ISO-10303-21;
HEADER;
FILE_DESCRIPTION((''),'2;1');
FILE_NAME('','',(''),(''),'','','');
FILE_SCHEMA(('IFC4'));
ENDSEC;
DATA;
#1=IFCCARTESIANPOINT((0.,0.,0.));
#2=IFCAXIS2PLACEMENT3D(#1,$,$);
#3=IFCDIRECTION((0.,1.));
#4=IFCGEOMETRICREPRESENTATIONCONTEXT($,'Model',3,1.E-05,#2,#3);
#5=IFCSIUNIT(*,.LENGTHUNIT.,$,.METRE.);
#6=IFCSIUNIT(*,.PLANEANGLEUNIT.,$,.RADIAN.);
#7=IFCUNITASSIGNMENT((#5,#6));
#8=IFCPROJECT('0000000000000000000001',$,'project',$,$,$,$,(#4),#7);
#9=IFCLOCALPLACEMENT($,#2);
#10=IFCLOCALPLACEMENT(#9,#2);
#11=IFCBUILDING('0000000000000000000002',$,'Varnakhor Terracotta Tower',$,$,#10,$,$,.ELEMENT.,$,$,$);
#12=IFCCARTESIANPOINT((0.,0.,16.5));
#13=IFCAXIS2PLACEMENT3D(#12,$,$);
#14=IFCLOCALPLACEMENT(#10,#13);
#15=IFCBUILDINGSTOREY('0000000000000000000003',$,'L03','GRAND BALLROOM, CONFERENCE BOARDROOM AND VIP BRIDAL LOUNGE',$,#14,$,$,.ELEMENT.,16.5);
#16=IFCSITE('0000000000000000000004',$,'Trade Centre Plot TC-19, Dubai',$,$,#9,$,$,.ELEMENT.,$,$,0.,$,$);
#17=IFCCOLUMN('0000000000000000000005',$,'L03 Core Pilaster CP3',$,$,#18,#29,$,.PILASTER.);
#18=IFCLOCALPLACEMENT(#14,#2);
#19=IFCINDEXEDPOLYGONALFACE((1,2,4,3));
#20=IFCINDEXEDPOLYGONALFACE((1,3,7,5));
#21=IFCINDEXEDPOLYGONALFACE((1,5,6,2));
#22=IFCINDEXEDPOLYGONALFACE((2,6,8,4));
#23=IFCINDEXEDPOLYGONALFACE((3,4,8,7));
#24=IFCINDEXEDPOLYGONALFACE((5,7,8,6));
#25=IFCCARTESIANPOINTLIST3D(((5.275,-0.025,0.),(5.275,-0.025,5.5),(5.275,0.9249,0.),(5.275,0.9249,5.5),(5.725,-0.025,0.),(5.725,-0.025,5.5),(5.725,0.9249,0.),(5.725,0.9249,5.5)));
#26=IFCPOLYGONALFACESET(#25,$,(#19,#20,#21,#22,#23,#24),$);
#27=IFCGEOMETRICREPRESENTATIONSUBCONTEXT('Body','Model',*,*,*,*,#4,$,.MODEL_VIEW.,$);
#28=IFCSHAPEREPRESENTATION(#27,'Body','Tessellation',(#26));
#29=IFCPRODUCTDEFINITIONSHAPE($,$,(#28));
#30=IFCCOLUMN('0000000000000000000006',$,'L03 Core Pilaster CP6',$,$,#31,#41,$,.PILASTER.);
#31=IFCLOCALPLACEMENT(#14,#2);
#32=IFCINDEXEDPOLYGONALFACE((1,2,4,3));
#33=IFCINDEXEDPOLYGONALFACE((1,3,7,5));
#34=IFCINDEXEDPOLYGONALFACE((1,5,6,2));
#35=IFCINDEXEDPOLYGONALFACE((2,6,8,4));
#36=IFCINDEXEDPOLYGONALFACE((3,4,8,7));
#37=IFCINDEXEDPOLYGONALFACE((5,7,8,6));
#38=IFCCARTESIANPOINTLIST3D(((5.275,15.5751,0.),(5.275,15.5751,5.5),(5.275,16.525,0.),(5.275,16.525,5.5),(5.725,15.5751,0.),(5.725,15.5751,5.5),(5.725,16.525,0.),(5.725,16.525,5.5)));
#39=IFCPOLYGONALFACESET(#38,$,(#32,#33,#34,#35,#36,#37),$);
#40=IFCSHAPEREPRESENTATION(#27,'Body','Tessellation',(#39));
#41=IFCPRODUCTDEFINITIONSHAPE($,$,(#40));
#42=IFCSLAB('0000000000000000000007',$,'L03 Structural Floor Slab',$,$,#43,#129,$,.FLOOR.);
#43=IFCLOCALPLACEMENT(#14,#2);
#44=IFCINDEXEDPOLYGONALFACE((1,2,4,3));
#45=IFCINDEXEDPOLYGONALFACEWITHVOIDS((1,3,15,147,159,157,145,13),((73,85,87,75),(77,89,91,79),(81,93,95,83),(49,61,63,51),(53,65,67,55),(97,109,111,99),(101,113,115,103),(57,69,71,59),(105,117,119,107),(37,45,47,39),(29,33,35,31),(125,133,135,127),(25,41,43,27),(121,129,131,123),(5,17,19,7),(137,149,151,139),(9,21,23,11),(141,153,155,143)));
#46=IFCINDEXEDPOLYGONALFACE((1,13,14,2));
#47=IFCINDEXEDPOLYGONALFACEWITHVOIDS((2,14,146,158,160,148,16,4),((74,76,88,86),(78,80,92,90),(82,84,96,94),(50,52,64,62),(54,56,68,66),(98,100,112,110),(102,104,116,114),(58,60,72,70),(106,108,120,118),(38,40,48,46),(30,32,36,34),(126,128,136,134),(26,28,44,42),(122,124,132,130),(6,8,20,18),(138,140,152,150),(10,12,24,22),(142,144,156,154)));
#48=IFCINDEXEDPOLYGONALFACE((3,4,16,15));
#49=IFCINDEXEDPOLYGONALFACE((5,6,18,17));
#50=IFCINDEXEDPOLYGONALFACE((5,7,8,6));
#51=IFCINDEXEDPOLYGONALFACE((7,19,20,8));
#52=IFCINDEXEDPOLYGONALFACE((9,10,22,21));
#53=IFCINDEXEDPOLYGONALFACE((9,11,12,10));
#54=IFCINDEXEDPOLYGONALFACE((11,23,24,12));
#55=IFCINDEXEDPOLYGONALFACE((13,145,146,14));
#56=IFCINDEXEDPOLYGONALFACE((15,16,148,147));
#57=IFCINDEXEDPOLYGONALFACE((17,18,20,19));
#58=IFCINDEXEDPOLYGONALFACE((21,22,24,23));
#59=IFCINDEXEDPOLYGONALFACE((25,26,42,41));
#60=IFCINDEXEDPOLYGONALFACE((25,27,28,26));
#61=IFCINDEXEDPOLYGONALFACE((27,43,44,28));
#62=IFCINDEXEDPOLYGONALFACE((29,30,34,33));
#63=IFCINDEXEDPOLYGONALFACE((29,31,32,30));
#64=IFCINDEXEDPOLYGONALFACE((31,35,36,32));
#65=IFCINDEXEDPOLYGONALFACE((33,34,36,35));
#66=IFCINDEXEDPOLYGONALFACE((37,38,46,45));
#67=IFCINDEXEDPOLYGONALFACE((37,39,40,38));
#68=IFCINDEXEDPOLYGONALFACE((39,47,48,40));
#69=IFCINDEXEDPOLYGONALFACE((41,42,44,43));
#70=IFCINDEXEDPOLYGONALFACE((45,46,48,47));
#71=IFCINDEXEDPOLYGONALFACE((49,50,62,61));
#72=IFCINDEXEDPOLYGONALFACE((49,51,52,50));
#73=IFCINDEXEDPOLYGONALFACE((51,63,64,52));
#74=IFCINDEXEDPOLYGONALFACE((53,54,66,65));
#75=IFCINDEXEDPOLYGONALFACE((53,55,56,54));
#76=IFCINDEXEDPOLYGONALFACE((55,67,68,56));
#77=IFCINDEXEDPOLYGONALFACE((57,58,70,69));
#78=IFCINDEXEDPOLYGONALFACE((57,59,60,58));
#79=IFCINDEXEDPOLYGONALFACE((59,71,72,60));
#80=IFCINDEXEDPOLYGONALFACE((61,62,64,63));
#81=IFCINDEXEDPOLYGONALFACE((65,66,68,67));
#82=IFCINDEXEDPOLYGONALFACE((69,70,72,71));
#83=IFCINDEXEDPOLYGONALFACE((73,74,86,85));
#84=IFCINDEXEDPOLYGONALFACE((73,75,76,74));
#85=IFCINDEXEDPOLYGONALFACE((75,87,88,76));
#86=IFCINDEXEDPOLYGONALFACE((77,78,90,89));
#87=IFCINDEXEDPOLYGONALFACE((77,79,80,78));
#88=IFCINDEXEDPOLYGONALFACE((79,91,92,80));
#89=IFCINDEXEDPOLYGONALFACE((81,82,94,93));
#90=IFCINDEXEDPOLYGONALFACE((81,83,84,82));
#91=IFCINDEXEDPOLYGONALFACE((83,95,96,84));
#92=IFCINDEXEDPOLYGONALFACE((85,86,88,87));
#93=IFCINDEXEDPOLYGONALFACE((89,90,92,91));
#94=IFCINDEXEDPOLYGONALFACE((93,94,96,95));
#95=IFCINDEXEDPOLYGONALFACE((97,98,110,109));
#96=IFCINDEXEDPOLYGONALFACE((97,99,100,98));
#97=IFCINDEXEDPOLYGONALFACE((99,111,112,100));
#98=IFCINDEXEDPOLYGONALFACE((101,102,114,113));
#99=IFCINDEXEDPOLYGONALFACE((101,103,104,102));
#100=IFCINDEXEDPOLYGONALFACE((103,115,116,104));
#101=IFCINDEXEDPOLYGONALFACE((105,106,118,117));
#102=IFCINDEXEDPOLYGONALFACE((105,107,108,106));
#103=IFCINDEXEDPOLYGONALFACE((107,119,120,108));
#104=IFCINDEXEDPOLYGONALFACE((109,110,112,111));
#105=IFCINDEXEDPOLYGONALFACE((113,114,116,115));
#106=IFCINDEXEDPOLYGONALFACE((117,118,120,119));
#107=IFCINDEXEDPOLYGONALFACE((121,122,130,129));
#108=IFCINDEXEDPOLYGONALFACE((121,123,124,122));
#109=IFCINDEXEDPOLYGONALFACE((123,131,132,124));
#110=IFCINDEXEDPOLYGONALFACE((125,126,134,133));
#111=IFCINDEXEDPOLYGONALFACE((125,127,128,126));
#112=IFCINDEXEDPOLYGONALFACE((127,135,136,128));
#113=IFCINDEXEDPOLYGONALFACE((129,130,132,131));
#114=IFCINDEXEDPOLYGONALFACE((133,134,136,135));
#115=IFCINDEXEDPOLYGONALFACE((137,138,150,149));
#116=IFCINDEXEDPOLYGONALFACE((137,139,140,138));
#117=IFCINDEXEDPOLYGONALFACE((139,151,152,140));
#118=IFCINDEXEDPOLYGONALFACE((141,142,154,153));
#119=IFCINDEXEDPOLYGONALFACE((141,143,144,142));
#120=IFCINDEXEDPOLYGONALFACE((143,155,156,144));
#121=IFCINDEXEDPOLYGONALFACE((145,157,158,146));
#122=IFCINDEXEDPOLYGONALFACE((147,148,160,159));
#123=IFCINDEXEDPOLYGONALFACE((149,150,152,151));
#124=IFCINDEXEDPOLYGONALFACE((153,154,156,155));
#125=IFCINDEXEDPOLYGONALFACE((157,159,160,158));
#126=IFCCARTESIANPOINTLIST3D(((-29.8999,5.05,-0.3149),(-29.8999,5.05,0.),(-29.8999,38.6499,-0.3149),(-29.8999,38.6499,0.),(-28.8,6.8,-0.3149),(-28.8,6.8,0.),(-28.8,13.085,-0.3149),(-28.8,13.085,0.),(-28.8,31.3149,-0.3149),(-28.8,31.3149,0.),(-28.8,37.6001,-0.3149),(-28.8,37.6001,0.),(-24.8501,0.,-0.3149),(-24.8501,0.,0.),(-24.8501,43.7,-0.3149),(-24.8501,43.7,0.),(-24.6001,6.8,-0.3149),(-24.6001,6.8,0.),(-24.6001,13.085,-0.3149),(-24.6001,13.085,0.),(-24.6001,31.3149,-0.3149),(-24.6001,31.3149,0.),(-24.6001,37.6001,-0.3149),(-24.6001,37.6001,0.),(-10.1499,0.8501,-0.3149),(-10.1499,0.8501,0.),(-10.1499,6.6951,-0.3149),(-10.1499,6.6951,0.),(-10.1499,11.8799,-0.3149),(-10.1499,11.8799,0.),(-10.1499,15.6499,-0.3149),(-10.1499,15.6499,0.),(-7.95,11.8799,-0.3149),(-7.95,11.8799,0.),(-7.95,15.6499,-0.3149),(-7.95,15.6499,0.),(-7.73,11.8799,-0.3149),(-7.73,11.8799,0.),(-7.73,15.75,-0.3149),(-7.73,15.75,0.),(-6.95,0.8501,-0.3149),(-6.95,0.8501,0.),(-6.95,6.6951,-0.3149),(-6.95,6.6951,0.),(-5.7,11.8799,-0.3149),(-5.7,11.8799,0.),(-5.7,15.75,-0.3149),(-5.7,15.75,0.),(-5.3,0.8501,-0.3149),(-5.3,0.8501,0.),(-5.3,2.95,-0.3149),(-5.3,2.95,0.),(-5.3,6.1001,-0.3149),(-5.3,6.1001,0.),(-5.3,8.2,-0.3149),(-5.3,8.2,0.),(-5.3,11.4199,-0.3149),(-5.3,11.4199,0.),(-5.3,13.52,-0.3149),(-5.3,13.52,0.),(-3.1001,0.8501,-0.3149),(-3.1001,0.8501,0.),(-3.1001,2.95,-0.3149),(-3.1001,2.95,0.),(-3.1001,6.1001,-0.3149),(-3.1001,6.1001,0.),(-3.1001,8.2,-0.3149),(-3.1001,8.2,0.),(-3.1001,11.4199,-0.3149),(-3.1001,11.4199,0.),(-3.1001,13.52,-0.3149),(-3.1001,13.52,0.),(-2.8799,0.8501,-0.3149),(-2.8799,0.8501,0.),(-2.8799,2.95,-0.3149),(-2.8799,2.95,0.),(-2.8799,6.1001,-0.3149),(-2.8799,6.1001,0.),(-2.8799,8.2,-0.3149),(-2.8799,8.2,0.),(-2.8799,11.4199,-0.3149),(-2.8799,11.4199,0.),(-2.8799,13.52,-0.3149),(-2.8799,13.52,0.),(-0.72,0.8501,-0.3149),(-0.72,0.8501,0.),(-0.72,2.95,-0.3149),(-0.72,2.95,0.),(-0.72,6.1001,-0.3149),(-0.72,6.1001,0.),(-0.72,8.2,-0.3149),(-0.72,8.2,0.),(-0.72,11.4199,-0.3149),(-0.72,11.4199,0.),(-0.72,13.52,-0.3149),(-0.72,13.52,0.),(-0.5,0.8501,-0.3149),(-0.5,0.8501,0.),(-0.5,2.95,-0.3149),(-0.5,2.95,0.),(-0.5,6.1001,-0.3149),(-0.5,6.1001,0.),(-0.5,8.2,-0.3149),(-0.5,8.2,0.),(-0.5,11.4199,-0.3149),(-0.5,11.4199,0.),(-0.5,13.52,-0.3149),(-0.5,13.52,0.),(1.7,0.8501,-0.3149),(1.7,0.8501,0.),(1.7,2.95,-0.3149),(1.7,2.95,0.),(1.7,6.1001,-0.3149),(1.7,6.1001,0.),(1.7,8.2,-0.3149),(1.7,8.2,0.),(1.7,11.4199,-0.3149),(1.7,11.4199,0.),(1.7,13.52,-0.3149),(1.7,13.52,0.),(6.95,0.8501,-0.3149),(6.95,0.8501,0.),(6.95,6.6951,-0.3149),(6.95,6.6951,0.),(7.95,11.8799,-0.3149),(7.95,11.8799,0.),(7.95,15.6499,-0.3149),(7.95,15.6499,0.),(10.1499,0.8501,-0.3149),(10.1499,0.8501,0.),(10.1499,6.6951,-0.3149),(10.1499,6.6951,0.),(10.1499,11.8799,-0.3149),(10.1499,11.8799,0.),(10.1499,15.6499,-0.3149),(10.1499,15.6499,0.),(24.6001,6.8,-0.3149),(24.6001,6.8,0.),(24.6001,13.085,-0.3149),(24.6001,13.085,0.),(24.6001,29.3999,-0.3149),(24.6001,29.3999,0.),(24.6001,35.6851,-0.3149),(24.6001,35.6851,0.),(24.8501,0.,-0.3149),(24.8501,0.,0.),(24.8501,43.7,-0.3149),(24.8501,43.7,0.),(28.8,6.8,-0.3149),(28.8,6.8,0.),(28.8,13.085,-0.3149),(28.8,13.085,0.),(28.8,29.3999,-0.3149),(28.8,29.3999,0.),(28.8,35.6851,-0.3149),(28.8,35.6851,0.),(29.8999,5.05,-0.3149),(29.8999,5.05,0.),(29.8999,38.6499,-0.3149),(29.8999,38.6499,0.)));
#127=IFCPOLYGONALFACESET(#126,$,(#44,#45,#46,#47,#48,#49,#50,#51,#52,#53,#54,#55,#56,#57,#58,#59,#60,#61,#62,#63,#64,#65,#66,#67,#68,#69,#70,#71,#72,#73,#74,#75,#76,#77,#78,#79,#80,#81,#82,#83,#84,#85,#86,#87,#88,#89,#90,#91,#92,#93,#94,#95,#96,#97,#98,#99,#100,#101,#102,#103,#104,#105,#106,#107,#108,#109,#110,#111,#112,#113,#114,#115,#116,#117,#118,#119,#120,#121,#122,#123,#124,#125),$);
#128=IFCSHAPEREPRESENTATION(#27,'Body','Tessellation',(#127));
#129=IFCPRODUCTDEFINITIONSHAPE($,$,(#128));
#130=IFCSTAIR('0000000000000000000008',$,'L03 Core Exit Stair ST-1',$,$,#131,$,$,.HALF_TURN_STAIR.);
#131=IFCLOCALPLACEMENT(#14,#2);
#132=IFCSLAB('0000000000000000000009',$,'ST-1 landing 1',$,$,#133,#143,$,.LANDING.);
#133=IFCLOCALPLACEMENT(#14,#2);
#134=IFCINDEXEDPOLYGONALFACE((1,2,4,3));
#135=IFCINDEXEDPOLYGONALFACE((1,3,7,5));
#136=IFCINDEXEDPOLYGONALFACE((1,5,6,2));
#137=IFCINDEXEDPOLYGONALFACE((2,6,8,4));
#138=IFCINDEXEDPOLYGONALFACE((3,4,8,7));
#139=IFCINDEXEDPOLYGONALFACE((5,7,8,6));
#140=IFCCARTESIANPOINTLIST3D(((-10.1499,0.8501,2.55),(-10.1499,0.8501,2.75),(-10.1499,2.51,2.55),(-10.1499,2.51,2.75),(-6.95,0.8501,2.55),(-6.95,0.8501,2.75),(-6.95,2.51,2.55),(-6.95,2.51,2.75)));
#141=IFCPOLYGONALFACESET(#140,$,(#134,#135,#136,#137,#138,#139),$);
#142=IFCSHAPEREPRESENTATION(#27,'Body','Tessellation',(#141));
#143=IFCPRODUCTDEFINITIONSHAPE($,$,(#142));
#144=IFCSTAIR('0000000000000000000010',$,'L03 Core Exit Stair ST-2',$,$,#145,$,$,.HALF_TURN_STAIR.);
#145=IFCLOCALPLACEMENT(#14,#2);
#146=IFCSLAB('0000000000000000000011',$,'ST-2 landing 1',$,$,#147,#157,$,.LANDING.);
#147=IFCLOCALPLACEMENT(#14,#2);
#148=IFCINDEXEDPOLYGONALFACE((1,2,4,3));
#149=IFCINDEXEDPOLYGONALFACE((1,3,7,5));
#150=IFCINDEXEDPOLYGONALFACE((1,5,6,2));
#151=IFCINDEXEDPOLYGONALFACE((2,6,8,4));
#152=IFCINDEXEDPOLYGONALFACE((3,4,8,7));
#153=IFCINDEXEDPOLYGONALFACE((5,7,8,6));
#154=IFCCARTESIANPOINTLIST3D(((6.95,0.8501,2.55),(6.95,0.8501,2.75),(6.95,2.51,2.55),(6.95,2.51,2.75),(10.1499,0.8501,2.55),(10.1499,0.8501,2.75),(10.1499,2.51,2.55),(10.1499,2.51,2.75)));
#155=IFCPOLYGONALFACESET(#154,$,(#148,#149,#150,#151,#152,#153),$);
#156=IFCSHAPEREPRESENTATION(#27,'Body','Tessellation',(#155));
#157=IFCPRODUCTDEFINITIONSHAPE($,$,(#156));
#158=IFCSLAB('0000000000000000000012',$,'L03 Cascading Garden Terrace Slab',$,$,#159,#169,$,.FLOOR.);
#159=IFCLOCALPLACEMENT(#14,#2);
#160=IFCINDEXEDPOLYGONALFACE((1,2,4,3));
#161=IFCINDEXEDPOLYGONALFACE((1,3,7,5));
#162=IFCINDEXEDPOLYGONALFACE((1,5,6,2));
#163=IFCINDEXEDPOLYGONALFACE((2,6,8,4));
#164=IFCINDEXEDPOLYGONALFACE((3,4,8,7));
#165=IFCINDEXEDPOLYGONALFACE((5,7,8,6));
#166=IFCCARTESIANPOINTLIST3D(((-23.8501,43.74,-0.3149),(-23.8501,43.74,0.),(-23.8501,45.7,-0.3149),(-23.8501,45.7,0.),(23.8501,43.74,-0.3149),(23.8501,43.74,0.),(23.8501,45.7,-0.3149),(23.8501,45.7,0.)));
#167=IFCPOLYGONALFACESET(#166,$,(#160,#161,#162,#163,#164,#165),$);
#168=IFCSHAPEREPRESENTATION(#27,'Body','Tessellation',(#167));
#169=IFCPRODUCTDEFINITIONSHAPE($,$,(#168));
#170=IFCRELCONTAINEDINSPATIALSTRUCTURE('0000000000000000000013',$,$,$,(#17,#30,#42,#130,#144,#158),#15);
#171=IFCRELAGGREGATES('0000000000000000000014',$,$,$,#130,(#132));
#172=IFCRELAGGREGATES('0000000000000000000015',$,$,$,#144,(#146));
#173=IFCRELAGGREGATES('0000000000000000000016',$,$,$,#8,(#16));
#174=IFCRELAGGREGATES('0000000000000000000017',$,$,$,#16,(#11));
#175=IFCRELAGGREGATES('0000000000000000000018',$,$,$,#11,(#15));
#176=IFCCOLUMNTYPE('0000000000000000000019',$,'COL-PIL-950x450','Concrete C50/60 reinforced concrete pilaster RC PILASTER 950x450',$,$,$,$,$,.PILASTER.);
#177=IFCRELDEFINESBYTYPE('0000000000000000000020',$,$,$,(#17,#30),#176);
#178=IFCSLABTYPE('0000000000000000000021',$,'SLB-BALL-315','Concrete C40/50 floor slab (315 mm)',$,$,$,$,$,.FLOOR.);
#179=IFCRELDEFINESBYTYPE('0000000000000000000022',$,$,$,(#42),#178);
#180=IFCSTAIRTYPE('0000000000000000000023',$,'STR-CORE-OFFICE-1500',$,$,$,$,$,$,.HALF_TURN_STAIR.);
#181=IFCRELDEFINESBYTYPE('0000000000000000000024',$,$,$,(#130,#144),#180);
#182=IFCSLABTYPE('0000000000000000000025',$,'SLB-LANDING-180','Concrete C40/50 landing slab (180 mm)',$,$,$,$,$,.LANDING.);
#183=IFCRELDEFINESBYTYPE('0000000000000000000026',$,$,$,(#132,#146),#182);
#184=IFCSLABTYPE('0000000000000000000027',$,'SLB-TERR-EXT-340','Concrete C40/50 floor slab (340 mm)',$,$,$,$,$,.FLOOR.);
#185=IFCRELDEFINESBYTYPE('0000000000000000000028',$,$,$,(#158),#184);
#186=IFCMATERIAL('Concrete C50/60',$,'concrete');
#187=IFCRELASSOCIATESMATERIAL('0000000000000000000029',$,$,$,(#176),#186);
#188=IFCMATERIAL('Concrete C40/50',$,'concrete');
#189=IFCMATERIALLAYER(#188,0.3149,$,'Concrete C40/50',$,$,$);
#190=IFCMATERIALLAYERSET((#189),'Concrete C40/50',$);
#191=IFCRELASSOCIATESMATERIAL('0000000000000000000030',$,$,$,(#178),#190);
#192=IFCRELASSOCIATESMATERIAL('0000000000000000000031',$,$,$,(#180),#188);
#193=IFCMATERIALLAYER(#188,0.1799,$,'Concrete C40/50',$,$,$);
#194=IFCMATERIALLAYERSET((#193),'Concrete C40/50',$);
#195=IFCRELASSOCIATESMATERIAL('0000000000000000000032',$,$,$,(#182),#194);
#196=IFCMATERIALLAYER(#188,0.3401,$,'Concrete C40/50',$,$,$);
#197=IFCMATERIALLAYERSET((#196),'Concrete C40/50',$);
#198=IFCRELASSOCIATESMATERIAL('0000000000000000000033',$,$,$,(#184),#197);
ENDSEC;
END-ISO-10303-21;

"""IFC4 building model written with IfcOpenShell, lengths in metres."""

from ifc_helpers import new_model, si_unit, direction, frame, origin, origin_2d, place, context, subcontext, project, spatial, polyline, rectangle, outline, extrude, source, transform, mapped, material, layer, layer_set, material_profile, profile_set, type_object, element, aggregate, save


model = new_model("IFC4")

# Units and contexts
model_context = context("Model", 3, precision=1e-05, world=origin(), true_north=direction((0.0, 1.0)))
body_context = subcontext(model_context, "Body", "Model", "MODEL_VIEW")
ifc_project = project(units=[si_unit("LENGTHUNIT", "METRE"), si_unit("PLANEANGLEUNIT", "RADIAN")], contexts=[model_context])

# Site, building, storey
site_placement = place(None, origin())
site = spatial("IfcSite", under=ifc_project, at=site_placement, Name="Trade Centre Plot TC-19, Dubai", CompositionType="ELEMENT", RefElevation=0.0)
building_placement = place(site_placement, origin())
building = spatial("IfcBuilding", under=site, at=building_placement, Name="Varnakhor Terracotta Tower", CompositionType="ELEMENT")
storey_placement = place(building_placement, frame((0.0, 0.0, 16.5)))
storey = spatial("IfcBuildingStorey", under=building, at=storey_placement, Name="L03", Description="GRAND BALLROOM, CONFERENCE BOARDROOM AND VIP BRIDAL LOUNGE", CompositionType="ELEMENT", Elevation=16.5)

# Columns
ifc_material_1 = material(Name="Concrete C50/60", Category="concrete")
ifc_material_profile = material_profile(ifc_material_1, rectangle(XDim=0.45, YDim=0.95, at=origin_2d()), Name="RC PILASTER 950x450")
ifc_profile_set = profile_set([ifc_material_profile], Name="Concrete C50/60")
column_type = type_object("IfcColumnType", Name="COL-PIL-950x450", Description="Concrete C50/60 reinforced concrete pilaster RC PILASTER 950x450", PredefinedType="PILASTER", material=ifc_profile_set)
shared_shape_1 = source(origin(), body_context, "Body", "SweptSolid", [
    extrude(rectangle(XDim=0.45, YDim=0.95, at=origin_2d()), origin(), (0.0, 0.0, 1.0), 5.5),
])
for number, where, z_axis, x_axis, name in (
    (1, (5.5, 0.45, 0.0), (0.0, 0.0, 1.0), (1.0, 0.0, 0.0), "L03 Core Pilaster CP3"),
    (2, (5.5, 16.05, 0.0), (0.0, 0.0, 1.0), (1.0, 0.0, 0.0), "L03 Core Pilaster CP6"),
):
    element("IfcColumn", number, at=place(storey_placement, frame(where, z_axis=z_axis, x_axis=x_axis)), inside=storey, type_object=column_type, Name=name, PredefinedType="PILASTER", context=body_context, shape_type="MappedRepresentation", body=[
        mapped(shared_shape_1, transform((0.0, 0.0, 0.0), scale=1.0)),
    ])

# Slab
ifc_material_2 = material(Name="Concrete C40/50", Category="concrete")
ifc_layer_1 = layer(ifc_material_2, 0.3149, Name="Concrete C40/50")
ifc_layer_set_1 = layer_set([ifc_layer_1], Name="Concrete C40/50")
slab_type_1 = type_object("IfcSlabType", Name="SLB-BALL-315", Description="Concrete C40/50 floor slab (315 mm)", PredefinedType="FLOOR", material=ifc_layer_set_1)
slab_1_placement = place(storey_placement, frame((0.0, 0.0, -0.3149)))
element("IfcSlab", 3, at=slab_1_placement, inside=storey, type_object=slab_type_1, Name="L03 Structural Floor Slab", PredefinedType="FLOOR", context=body_context, shape_type="SweptSolid", body=[
    extrude(outline(polyline([(-29.8999, 5.05), (-29.8999, 38.6499), (-24.8501, 43.7), (24.8501, 43.7), (29.8999, 38.6499), (29.8999, 5.05), (24.8501, 0.0), (-24.8501, 0.0), (-29.8999, 5.05)]), holes=[polyline([(-5.3, 0.8501), (-3.1001, 0.8501), (-3.1001, 2.95), (-5.3, 2.95), (-5.3, 0.8501)]), polyline([(-10.1499, 0.8501), (-6.95, 0.8501), (-6.95, 6.6951), (-10.1499, 6.6951), (-10.1499, 0.8501)]), polyline([(-5.3, 6.1001), (-3.1001, 6.1001), (-3.1001, 8.2), (-5.3, 8.2), (-5.3, 6.1001)]), polyline([(-28.8, 6.8), (-24.6001, 6.8), (-24.6001, 13.085), (-28.8, 13.085), (-28.8, 6.8)]), polyline([(-5.3, 11.4199), (-3.1001, 11.4199), (-3.1001, 13.52), (-5.3, 13.52), (-5.3, 11.4199)]), polyline([(-2.8799, 11.4199), (-0.72, 11.4199), (-0.72, 13.52), (-2.8799, 13.52), (-2.8799, 11.4199)]), polyline([(-10.1499, 11.8799), (-7.95, 11.8799), (-7.95, 15.6499), (-10.1499, 15.6499), (-10.1499, 11.8799)]), polyline([(-7.73, 15.75), (-7.73, 11.8799), (-5.7, 11.8799), (-5.7, 15.75), (-7.73, 15.75)]), polyline([(-28.8, 37.6001), (-28.8, 31.3149), (-24.6001, 31.3149), (-24.6001, 37.6001), (-28.8, 37.6001)]), polyline([(-2.8799, 0.8501), (-0.72, 0.8501), (-0.72, 2.95), (-2.8799, 2.95), (-2.8799, 0.8501)]), polyline([(-0.5, 0.8501), (1.7, 0.8501), (1.7, 2.95), (-0.5, 2.95), (-0.5, 0.8501)]), polyline([(6.95, 0.8501), (10.1499, 0.8501), (10.1499, 6.6951), (6.95, 6.6951), (6.95, 0.8501)]), polyline([(-2.8799, 6.1001), (-0.72, 6.1001), (-0.72, 8.2), (-2.8799, 8.2), (-2.8799, 6.1001)]), polyline([(-0.5, 6.1001), (1.7, 6.1001), (1.7, 8.2), (-0.5, 8.2), (-0.5, 6.1001)]), polyline([(24.6001, 6.8), (28.8, 6.8), (28.8, 13.085), (24.6001, 13.085), (24.6001, 6.8)]), polyline([(-0.5, 11.4199), (1.7, 11.4199), (1.7, 13.52), (-0.5, 13.52), (-0.5, 11.4199)]), polyline([(7.95, 15.6499), (7.95, 11.8799), (10.1499, 11.8799), (10.1499, 15.6499), (7.95, 15.6499)]), polyline([(24.6001, 35.6851), (24.6001, 29.3999), (28.8, 29.3999), (28.8, 35.6851), (24.6001, 35.6851)])]), origin(), (0.0, 0.0, 1.0), 0.3149),
])

# Stairs, slabs
stair_type = type_object("IfcStairType", Name="STR-CORE-OFFICE-1500", PredefinedType="HALF_TURN_STAIR", material=ifc_material_2)
stair_1_placement = place(storey_placement, origin())
stair_1 = element("IfcStair", 4, at=stair_1_placement, inside=storey, type_object=stair_type, Name="L03 Core Exit Stair ST-1", PredefinedType="HALF_TURN_STAIR")
ifc_layer_2 = layer(ifc_material_2, 0.1799, Name="Concrete C40/50")
ifc_layer_set_2 = layer_set([ifc_layer_2], Name="Concrete C40/50")
slab_type_2 = type_object("IfcSlabType", Name="SLB-LANDING-180", Description="Concrete C40/50 landing slab (180 mm)", PredefinedType="LANDING", material=ifc_layer_set_2)
slab_2_placement = place(storey_placement, frame((0.0, 0.0, 2.55)))
slab_2 = element("IfcSlab", 5, at=slab_2_placement, type_object=slab_type_2, Name="ST-1 landing 1", PredefinedType="LANDING", context=body_context, shape_type="SweptSolid", body=[
    extrude(outline(polyline([(-10.1499, 2.51), (-10.1499, 0.8501), (-6.95, 0.8501), (-6.95, 2.51), (-10.1499, 2.51)])), origin(), (0.0, 0.0, 1.0), 0.2),
])
aggregate(stair_1, [slab_2])
stair_2_placement = place(storey_placement, origin())
stair_2 = element("IfcStair", 6, at=stair_2_placement, inside=storey, type_object=stair_type, Name="L03 Core Exit Stair ST-2", PredefinedType="HALF_TURN_STAIR")
slab_3_placement = place(storey_placement, frame((0.0, 0.0, 2.55)))
slab_3 = element("IfcSlab", 7, at=slab_3_placement, type_object=slab_type_2, Name="ST-2 landing 1", PredefinedType="LANDING", context=body_context, shape_type="SweptSolid", body=[
    extrude(outline(polyline([(6.95, 2.51), (6.95, 0.8501), (10.1499, 0.8501), (10.1499, 2.51), (6.95, 2.51)])), origin(), (0.0, 0.0, 1.0), 0.2),
])

# Slab
ifc_layer_3 = layer(ifc_material_2, 0.3401, Name="Concrete C40/50")
ifc_layer_set_3 = layer_set([ifc_layer_3], Name="Concrete C40/50")
slab_type_3 = type_object("IfcSlabType", Name="SLB-TERR-EXT-340", Description="Concrete C40/50 floor slab (340 mm)", PredefinedType="FLOOR", material=ifc_layer_set_3)
slab_4_placement = place(storey_placement, frame((0.0, 0.0, -0.3149)))
element("IfcSlab", 8, at=slab_4_placement, inside=storey, type_object=slab_type_3, Name="L03 Cascading Garden Terrace Slab", PredefinedType="FLOOR", context=body_context, shape_type="SweptSolid", body=[
    extrude(outline(polyline([(-23.8501, 45.7), (23.8501, 45.7), (23.8501, 43.74), (-23.8501, 43.74), (-23.8501, 45.7)])), origin(), (0.0, 0.0, 1.0), 0.3149),
])

aggregate(stair_2, [slab_3])

save(model, "model.ifc")
